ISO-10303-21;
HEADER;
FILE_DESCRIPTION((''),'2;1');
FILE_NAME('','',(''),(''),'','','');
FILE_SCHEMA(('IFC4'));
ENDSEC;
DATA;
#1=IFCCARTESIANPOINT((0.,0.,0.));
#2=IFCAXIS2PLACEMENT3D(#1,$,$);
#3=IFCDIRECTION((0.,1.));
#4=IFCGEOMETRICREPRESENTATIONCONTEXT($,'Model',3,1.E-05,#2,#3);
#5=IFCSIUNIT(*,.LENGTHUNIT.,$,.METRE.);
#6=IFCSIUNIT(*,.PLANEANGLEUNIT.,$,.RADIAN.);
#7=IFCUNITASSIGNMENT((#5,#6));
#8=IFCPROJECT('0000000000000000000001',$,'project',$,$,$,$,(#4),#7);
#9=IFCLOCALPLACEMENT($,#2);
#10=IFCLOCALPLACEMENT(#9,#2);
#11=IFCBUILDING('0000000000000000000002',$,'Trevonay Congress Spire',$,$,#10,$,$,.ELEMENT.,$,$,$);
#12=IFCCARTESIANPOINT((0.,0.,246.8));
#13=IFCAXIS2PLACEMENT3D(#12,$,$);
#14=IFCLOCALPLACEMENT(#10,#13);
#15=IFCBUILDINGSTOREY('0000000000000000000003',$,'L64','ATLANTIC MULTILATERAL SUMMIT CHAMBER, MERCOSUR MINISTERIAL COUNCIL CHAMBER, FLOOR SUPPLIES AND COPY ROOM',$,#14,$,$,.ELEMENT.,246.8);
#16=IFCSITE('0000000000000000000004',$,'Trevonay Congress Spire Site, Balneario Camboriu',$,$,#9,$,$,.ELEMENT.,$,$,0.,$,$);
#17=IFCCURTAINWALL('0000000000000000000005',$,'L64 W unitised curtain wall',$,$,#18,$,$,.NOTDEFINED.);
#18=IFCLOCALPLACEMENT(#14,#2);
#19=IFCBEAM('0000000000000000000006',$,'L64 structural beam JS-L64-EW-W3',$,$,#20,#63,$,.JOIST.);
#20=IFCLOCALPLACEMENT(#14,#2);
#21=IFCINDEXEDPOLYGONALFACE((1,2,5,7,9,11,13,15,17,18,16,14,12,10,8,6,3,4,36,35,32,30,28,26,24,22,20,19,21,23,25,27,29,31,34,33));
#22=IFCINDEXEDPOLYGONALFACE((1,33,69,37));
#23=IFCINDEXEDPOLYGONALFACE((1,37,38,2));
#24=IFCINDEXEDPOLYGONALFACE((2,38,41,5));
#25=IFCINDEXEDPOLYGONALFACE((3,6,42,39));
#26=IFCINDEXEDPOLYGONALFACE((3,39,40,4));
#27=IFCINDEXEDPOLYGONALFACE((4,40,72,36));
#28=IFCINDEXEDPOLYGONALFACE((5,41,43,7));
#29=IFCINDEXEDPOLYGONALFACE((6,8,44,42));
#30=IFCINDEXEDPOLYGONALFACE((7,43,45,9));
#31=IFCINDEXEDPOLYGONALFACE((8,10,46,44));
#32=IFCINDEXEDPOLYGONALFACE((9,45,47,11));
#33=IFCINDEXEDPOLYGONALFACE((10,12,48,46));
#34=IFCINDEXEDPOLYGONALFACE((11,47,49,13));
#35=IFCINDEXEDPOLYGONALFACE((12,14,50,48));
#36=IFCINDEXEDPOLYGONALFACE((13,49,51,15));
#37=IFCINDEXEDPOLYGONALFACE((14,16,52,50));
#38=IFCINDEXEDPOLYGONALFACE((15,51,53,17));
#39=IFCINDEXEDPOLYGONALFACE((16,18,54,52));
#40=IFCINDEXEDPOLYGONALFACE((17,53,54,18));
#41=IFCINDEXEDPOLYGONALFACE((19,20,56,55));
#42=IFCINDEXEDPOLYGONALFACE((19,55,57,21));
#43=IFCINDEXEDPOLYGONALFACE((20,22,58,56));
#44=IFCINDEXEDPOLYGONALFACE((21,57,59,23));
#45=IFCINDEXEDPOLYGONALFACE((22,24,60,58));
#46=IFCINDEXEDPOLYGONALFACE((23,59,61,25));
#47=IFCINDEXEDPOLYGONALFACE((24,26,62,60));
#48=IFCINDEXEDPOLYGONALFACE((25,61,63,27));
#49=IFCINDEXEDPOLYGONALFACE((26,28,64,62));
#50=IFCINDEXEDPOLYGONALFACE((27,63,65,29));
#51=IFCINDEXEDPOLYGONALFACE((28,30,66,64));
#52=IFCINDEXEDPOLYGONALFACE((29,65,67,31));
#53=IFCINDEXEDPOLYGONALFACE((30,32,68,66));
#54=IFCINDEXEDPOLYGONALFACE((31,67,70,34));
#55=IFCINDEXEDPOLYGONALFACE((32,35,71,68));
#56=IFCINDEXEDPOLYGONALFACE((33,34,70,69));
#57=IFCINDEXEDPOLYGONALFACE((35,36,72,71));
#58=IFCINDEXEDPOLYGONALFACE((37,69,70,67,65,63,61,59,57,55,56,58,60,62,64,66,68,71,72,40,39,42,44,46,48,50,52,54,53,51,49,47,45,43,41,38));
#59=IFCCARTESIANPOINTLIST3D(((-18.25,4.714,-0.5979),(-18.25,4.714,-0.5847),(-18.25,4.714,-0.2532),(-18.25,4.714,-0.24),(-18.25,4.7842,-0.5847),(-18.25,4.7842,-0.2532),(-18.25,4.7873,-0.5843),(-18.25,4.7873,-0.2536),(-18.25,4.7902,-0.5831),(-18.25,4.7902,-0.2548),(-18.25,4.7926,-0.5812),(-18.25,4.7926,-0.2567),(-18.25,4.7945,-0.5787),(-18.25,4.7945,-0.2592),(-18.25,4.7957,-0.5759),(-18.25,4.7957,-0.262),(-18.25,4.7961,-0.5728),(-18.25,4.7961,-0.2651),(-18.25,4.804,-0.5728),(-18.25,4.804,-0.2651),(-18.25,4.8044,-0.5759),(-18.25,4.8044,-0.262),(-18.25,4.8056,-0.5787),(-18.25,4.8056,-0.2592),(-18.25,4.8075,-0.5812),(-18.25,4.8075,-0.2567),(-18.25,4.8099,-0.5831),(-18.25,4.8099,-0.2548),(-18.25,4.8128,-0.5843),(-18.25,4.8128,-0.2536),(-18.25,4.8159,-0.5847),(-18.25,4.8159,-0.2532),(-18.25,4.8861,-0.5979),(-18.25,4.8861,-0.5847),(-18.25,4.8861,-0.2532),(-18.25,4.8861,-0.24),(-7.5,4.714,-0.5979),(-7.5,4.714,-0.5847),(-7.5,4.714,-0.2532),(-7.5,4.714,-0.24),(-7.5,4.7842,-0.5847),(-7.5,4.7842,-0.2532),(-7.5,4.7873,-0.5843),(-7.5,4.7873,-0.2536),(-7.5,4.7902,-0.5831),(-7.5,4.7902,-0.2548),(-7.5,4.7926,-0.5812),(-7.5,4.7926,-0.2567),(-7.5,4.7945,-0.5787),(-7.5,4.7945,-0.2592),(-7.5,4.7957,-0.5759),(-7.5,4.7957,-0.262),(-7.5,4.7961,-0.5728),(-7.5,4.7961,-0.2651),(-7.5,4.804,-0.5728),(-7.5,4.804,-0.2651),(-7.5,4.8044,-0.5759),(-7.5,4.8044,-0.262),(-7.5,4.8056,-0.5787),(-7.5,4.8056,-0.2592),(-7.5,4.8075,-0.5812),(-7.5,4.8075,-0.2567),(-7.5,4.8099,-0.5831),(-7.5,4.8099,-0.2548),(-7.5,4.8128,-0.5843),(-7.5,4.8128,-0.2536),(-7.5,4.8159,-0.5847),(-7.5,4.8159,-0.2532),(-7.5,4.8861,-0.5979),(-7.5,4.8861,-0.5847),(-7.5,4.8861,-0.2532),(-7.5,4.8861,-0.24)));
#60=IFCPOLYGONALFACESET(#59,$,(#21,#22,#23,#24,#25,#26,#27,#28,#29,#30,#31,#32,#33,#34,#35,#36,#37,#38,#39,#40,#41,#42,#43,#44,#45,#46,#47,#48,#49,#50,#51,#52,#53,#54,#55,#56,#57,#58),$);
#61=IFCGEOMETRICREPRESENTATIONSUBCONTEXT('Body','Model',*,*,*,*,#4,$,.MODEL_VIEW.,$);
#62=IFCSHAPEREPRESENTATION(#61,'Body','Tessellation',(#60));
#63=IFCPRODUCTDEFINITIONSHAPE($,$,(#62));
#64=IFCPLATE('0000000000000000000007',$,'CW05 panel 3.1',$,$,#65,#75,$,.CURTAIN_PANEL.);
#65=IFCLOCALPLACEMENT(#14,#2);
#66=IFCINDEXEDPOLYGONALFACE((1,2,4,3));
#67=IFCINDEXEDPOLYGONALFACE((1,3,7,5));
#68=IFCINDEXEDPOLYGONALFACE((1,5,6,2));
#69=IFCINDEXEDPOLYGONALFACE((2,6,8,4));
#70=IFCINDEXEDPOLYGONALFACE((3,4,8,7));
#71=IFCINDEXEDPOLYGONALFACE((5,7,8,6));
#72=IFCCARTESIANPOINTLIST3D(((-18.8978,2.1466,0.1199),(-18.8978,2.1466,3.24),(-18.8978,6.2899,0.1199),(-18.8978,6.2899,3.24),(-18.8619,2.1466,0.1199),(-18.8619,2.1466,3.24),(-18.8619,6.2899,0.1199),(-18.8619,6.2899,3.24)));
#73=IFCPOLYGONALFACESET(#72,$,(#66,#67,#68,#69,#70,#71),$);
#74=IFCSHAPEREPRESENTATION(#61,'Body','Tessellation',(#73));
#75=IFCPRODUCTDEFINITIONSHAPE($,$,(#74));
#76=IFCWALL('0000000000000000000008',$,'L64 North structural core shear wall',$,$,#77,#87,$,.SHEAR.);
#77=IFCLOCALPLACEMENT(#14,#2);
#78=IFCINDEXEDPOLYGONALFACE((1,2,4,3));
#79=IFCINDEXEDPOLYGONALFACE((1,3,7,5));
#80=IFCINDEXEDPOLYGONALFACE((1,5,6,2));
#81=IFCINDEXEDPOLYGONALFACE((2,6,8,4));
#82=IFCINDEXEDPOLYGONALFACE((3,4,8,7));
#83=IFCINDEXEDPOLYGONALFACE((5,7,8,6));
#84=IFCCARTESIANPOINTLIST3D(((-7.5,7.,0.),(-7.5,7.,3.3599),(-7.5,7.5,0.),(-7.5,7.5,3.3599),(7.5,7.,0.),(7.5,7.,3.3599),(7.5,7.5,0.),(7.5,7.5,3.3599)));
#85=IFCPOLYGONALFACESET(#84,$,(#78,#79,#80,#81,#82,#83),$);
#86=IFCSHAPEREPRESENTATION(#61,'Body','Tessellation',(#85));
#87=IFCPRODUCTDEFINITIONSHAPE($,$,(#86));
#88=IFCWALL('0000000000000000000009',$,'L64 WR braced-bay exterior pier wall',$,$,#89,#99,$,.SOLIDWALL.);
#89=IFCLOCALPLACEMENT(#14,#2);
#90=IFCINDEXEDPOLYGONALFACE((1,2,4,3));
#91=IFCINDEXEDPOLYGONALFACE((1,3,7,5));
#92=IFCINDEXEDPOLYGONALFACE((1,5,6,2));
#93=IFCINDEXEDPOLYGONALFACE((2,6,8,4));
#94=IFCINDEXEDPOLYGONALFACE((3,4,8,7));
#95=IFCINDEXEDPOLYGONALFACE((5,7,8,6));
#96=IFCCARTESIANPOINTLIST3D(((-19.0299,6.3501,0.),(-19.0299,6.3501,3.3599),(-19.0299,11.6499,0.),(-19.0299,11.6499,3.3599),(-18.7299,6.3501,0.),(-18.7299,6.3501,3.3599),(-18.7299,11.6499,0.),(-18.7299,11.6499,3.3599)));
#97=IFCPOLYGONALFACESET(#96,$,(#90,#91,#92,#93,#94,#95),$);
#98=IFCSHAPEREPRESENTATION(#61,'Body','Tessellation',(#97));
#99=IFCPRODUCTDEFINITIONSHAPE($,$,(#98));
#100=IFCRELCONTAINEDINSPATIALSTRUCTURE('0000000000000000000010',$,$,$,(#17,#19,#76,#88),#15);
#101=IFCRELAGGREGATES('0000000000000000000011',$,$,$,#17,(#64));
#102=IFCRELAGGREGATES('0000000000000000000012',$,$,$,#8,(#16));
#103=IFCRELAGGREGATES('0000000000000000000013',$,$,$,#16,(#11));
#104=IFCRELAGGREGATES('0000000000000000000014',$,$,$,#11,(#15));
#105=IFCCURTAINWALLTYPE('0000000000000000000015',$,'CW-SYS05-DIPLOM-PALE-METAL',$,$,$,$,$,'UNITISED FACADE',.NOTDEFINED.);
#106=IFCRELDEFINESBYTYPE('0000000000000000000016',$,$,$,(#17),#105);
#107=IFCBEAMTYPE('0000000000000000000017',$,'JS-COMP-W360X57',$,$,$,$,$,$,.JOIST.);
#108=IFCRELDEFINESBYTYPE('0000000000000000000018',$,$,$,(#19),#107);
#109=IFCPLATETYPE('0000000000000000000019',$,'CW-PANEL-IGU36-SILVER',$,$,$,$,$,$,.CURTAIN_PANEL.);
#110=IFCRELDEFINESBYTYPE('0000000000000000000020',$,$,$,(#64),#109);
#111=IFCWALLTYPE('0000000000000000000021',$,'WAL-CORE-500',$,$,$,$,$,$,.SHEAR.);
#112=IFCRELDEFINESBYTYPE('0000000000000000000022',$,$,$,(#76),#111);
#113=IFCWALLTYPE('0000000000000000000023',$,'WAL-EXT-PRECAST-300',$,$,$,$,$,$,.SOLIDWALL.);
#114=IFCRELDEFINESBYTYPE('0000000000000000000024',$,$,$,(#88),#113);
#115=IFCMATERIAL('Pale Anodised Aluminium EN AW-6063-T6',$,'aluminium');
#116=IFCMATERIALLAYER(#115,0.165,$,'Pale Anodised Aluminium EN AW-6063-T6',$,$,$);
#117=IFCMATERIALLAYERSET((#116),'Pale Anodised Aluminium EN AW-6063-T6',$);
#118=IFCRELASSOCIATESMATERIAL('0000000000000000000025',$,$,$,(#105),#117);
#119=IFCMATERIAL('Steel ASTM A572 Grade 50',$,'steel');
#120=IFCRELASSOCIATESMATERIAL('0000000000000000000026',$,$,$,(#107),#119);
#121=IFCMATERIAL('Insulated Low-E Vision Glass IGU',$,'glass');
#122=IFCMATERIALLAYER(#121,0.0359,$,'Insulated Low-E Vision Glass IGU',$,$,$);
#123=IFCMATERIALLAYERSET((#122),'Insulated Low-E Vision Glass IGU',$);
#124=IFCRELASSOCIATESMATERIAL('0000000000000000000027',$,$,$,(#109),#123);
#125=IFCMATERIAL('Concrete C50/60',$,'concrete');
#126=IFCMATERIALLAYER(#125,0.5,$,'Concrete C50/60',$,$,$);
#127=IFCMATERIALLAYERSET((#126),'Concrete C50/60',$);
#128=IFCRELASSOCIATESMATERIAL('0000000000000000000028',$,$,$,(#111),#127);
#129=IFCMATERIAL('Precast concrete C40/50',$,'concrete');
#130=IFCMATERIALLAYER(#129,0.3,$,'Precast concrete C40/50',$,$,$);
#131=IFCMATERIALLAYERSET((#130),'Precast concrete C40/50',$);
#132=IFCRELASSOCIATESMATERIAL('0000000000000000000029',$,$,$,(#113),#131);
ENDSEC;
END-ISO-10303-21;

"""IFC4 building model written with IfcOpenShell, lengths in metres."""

from ifc_helpers import new_model, si_unit, direction, frame, frame_2d, origin, origin_2d, place, context, subcontext, project, spatial, rectangle, i_section, extrude, material, layer, layer_set, material_profile, profile_set, type_object, element, aggregate, save


model = new_model("IFC4")

# Units and contexts
model_context = context("Model", 3, precision=1e-05, world=origin(), true_north=direction((0.0, 1.0)))
body_context = subcontext(model_context, "Body", "Model", "MODEL_VIEW")
ifc_project = project(units=[si_unit("LENGTHUNIT", "METRE"), si_unit("PLANEANGLEUNIT", "RADIAN")], contexts=[model_context])

# Site, building, storey
site_placement = place(None, origin())
site = spatial("IfcSite", under=ifc_project, at=site_placement, Name="Trevonay Congress Spire Site, Balneario Camboriu", CompositionType="ELEMENT", RefElevation=0.0)
building_placement = place(site_placement, origin())
building = spatial("IfcBuilding", under=site, at=building_placement, Name="Trevonay Congress Spire", CompositionType="ELEMENT")
storey_placement = place(building_placement, frame((0.0, 0.0, 246.8)))
storey = spatial("IfcBuildingStorey", under=building, at=storey_placement, Name="L64", Description="ATLANTIC MULTILATERAL SUMMIT CHAMBER, MERCOSUR MINISTERIAL COUNCIL CHAMBER, FLOOR SUPPLIES AND COPY ROOM", CompositionType="ELEMENT", Elevation=246.8)

# Shared definitions
ifc_material_1 = material(Name="Steel ASTM A572 Grade 50", Category="steel")

# Curtain wall
ifc_material_2 = material(Name="Pale Anodised Aluminium EN AW-6063-T6", Category="aluminium")
ifc_layer_1 = layer(ifc_material_2, 0.165, Name="Pale Anodised Aluminium EN AW-6063-T6")
ifc_layer_set_1 = layer_set([ifc_layer_1], Name="Pale Anodised Aluminium EN AW-6063-T6")
curtain_wall_type = type_object("IfcCurtainWallType", Name="CW-SYS05-DIPLOM-PALE-METAL", ElementType="UNITISED FACADE", PredefinedType="NOTDEFINED", material=ifc_layer_set_1)
curtain_wall_placement = place(storey_placement, origin())
curtain_wall = element("IfcCurtainWall", 1, at=curtain_wall_placement, inside=storey, type_object=curtain_wall_type, Name="L64 W unitised curtain wall", PredefinedType="NOTDEFINED")

# Beam
ifc_material_profile_1 = material_profile(ifc_material_1, i_section(OverallWidth=0.1721, OverallDepth=0.3579, WebThickness=0.0078, FlangeThickness=0.0132, FilletRadius=0.012, at=origin_2d()), Name="W360x57.8")
ifc_profile_set_1 = profile_set([ifc_material_profile_1], Name="Steel ASTM A572 Grade 50")
beam_type_1 = type_object("IfcBeamType", Name="JS-COMP-W360X57", PredefinedType="JOIST", material=ifc_profile_set_1)
beam_1_placement = place(storey_placement, frame((-18.25, 4.8, -0.4189), z_axis=(1.0, 0.0, 0.0), x_axis=(0.0, 1.0, 0.0)))
element("IfcBeam", 2, at=beam_1_placement, inside=storey, type_object=beam_type_1, Name="L64 structural beam JS-L64-EW-W3", PredefinedType="JOIST", context=body_context, shape_type="SweptSolid", body=[
    extrude(i_section(OverallWidth=0.1721, OverallDepth=0.3579, WebThickness=0.0078, FlangeThickness=0.0132, FilletRadius=0.012, at=origin_2d()), origin(), (0.0, 0.0, 1.0), 10.75),
])

# Plate
ifc_material_3 = material(Name="Insulated Low-E Vision Glass IGU", Category="glass")
ifc_layer_2 = layer(ifc_material_3, 0.0359, Name="Insulated Low-E Vision Glass IGU")
ifc_layer_set_2 = layer_set([ifc_layer_2], Name="Insulated Low-E Vision Glass IGU")
plate_type = type_object("IfcPlateType", Name="CW-PANEL-IGU36-SILVER", PredefinedType="CURTAIN_PANEL", material=ifc_layer_set_2)
plate_placement = place(storey_placement, frame((-18.8799, 4.2183, 0.1199), z_axis=(0.0, 0.0, 1.0), x_axis=(0.0, 1.0, 0.0)))
plate = element("IfcPlate", 3, at=plate_placement, type_object=plate_type, Name="CW05 panel 3.1", PredefinedType="CURTAIN_PANEL", context=body_context, shape_type="SweptSolid", body=[
    extrude(rectangle(XDim=4.1433, YDim=0.0359, at=origin_2d()), origin(), (0.0, 0.0, 1.0), 3.1201),
])
aggregate(curtain_wall, [plate])

# Walls
ifc_material_4 = material(Name="Concrete C50/60", Category="concrete")
ifc_layer_3 = layer(ifc_material_4, 0.5, Name="Concrete C50/60")
ifc_layer_set_3 = layer_set([ifc_layer_3], Name="Concrete C50/60")
wall_type_1 = type_object("IfcWallType", Name="WAL-CORE-500", PredefinedType="SHEAR", material=ifc_layer_set_3)
wall_1_placement = place(storey_placement, frame((-7.5, 7.25, 0.0), z_axis=(0.0, 0.0, 1.0), x_axis=(1.0, 0.0, 0.0)))
element("IfcWall", 4, at=wall_1_placement, inside=storey, type_object=wall_type_1, Name="L64 North structural core shear wall", PredefinedType="SHEAR", context=body_context, shape_type="SweptSolid", body=[
    extrude(rectangle(XDim=15.0, YDim=0.5, at=frame_2d((7.5, 0.0))), origin(), (0.0, 0.0, 1.0), 3.3599),
])
ifc_material_5 = material(Name="Precast concrete C40/50", Category="concrete")
ifc_layer_4 = layer(ifc_material_5, 0.3, Name="Precast concrete C40/50")
ifc_layer_set_4 = layer_set([ifc_layer_4], Name="Precast concrete C40/50")
wall_type_2 = type_object("IfcWallType", Name="WAL-EXT-PRECAST-300", PredefinedType="SOLIDWALL", material=ifc_layer_set_4)
wall_2_placement = place(storey_placement, frame((-18.8799, 6.3501, 0.0), z_axis=(0.0, 0.0, 1.0), x_axis=(0.0, 1.0, 0.0)))
element("IfcWall", 5, at=wall_2_placement, inside=storey, type_object=wall_type_2, Name="L64 WR braced-bay exterior pier wall", PredefinedType="SOLIDWALL", context=body_context, shape_type="SweptSolid", body=[
    extrude(rectangle(XDim=5.2998, YDim=0.3, at=frame_2d((2.6499, 0.0))), origin(), (0.0, 0.0, 1.0), 3.3599),
])

save(model, "model.ifc")
